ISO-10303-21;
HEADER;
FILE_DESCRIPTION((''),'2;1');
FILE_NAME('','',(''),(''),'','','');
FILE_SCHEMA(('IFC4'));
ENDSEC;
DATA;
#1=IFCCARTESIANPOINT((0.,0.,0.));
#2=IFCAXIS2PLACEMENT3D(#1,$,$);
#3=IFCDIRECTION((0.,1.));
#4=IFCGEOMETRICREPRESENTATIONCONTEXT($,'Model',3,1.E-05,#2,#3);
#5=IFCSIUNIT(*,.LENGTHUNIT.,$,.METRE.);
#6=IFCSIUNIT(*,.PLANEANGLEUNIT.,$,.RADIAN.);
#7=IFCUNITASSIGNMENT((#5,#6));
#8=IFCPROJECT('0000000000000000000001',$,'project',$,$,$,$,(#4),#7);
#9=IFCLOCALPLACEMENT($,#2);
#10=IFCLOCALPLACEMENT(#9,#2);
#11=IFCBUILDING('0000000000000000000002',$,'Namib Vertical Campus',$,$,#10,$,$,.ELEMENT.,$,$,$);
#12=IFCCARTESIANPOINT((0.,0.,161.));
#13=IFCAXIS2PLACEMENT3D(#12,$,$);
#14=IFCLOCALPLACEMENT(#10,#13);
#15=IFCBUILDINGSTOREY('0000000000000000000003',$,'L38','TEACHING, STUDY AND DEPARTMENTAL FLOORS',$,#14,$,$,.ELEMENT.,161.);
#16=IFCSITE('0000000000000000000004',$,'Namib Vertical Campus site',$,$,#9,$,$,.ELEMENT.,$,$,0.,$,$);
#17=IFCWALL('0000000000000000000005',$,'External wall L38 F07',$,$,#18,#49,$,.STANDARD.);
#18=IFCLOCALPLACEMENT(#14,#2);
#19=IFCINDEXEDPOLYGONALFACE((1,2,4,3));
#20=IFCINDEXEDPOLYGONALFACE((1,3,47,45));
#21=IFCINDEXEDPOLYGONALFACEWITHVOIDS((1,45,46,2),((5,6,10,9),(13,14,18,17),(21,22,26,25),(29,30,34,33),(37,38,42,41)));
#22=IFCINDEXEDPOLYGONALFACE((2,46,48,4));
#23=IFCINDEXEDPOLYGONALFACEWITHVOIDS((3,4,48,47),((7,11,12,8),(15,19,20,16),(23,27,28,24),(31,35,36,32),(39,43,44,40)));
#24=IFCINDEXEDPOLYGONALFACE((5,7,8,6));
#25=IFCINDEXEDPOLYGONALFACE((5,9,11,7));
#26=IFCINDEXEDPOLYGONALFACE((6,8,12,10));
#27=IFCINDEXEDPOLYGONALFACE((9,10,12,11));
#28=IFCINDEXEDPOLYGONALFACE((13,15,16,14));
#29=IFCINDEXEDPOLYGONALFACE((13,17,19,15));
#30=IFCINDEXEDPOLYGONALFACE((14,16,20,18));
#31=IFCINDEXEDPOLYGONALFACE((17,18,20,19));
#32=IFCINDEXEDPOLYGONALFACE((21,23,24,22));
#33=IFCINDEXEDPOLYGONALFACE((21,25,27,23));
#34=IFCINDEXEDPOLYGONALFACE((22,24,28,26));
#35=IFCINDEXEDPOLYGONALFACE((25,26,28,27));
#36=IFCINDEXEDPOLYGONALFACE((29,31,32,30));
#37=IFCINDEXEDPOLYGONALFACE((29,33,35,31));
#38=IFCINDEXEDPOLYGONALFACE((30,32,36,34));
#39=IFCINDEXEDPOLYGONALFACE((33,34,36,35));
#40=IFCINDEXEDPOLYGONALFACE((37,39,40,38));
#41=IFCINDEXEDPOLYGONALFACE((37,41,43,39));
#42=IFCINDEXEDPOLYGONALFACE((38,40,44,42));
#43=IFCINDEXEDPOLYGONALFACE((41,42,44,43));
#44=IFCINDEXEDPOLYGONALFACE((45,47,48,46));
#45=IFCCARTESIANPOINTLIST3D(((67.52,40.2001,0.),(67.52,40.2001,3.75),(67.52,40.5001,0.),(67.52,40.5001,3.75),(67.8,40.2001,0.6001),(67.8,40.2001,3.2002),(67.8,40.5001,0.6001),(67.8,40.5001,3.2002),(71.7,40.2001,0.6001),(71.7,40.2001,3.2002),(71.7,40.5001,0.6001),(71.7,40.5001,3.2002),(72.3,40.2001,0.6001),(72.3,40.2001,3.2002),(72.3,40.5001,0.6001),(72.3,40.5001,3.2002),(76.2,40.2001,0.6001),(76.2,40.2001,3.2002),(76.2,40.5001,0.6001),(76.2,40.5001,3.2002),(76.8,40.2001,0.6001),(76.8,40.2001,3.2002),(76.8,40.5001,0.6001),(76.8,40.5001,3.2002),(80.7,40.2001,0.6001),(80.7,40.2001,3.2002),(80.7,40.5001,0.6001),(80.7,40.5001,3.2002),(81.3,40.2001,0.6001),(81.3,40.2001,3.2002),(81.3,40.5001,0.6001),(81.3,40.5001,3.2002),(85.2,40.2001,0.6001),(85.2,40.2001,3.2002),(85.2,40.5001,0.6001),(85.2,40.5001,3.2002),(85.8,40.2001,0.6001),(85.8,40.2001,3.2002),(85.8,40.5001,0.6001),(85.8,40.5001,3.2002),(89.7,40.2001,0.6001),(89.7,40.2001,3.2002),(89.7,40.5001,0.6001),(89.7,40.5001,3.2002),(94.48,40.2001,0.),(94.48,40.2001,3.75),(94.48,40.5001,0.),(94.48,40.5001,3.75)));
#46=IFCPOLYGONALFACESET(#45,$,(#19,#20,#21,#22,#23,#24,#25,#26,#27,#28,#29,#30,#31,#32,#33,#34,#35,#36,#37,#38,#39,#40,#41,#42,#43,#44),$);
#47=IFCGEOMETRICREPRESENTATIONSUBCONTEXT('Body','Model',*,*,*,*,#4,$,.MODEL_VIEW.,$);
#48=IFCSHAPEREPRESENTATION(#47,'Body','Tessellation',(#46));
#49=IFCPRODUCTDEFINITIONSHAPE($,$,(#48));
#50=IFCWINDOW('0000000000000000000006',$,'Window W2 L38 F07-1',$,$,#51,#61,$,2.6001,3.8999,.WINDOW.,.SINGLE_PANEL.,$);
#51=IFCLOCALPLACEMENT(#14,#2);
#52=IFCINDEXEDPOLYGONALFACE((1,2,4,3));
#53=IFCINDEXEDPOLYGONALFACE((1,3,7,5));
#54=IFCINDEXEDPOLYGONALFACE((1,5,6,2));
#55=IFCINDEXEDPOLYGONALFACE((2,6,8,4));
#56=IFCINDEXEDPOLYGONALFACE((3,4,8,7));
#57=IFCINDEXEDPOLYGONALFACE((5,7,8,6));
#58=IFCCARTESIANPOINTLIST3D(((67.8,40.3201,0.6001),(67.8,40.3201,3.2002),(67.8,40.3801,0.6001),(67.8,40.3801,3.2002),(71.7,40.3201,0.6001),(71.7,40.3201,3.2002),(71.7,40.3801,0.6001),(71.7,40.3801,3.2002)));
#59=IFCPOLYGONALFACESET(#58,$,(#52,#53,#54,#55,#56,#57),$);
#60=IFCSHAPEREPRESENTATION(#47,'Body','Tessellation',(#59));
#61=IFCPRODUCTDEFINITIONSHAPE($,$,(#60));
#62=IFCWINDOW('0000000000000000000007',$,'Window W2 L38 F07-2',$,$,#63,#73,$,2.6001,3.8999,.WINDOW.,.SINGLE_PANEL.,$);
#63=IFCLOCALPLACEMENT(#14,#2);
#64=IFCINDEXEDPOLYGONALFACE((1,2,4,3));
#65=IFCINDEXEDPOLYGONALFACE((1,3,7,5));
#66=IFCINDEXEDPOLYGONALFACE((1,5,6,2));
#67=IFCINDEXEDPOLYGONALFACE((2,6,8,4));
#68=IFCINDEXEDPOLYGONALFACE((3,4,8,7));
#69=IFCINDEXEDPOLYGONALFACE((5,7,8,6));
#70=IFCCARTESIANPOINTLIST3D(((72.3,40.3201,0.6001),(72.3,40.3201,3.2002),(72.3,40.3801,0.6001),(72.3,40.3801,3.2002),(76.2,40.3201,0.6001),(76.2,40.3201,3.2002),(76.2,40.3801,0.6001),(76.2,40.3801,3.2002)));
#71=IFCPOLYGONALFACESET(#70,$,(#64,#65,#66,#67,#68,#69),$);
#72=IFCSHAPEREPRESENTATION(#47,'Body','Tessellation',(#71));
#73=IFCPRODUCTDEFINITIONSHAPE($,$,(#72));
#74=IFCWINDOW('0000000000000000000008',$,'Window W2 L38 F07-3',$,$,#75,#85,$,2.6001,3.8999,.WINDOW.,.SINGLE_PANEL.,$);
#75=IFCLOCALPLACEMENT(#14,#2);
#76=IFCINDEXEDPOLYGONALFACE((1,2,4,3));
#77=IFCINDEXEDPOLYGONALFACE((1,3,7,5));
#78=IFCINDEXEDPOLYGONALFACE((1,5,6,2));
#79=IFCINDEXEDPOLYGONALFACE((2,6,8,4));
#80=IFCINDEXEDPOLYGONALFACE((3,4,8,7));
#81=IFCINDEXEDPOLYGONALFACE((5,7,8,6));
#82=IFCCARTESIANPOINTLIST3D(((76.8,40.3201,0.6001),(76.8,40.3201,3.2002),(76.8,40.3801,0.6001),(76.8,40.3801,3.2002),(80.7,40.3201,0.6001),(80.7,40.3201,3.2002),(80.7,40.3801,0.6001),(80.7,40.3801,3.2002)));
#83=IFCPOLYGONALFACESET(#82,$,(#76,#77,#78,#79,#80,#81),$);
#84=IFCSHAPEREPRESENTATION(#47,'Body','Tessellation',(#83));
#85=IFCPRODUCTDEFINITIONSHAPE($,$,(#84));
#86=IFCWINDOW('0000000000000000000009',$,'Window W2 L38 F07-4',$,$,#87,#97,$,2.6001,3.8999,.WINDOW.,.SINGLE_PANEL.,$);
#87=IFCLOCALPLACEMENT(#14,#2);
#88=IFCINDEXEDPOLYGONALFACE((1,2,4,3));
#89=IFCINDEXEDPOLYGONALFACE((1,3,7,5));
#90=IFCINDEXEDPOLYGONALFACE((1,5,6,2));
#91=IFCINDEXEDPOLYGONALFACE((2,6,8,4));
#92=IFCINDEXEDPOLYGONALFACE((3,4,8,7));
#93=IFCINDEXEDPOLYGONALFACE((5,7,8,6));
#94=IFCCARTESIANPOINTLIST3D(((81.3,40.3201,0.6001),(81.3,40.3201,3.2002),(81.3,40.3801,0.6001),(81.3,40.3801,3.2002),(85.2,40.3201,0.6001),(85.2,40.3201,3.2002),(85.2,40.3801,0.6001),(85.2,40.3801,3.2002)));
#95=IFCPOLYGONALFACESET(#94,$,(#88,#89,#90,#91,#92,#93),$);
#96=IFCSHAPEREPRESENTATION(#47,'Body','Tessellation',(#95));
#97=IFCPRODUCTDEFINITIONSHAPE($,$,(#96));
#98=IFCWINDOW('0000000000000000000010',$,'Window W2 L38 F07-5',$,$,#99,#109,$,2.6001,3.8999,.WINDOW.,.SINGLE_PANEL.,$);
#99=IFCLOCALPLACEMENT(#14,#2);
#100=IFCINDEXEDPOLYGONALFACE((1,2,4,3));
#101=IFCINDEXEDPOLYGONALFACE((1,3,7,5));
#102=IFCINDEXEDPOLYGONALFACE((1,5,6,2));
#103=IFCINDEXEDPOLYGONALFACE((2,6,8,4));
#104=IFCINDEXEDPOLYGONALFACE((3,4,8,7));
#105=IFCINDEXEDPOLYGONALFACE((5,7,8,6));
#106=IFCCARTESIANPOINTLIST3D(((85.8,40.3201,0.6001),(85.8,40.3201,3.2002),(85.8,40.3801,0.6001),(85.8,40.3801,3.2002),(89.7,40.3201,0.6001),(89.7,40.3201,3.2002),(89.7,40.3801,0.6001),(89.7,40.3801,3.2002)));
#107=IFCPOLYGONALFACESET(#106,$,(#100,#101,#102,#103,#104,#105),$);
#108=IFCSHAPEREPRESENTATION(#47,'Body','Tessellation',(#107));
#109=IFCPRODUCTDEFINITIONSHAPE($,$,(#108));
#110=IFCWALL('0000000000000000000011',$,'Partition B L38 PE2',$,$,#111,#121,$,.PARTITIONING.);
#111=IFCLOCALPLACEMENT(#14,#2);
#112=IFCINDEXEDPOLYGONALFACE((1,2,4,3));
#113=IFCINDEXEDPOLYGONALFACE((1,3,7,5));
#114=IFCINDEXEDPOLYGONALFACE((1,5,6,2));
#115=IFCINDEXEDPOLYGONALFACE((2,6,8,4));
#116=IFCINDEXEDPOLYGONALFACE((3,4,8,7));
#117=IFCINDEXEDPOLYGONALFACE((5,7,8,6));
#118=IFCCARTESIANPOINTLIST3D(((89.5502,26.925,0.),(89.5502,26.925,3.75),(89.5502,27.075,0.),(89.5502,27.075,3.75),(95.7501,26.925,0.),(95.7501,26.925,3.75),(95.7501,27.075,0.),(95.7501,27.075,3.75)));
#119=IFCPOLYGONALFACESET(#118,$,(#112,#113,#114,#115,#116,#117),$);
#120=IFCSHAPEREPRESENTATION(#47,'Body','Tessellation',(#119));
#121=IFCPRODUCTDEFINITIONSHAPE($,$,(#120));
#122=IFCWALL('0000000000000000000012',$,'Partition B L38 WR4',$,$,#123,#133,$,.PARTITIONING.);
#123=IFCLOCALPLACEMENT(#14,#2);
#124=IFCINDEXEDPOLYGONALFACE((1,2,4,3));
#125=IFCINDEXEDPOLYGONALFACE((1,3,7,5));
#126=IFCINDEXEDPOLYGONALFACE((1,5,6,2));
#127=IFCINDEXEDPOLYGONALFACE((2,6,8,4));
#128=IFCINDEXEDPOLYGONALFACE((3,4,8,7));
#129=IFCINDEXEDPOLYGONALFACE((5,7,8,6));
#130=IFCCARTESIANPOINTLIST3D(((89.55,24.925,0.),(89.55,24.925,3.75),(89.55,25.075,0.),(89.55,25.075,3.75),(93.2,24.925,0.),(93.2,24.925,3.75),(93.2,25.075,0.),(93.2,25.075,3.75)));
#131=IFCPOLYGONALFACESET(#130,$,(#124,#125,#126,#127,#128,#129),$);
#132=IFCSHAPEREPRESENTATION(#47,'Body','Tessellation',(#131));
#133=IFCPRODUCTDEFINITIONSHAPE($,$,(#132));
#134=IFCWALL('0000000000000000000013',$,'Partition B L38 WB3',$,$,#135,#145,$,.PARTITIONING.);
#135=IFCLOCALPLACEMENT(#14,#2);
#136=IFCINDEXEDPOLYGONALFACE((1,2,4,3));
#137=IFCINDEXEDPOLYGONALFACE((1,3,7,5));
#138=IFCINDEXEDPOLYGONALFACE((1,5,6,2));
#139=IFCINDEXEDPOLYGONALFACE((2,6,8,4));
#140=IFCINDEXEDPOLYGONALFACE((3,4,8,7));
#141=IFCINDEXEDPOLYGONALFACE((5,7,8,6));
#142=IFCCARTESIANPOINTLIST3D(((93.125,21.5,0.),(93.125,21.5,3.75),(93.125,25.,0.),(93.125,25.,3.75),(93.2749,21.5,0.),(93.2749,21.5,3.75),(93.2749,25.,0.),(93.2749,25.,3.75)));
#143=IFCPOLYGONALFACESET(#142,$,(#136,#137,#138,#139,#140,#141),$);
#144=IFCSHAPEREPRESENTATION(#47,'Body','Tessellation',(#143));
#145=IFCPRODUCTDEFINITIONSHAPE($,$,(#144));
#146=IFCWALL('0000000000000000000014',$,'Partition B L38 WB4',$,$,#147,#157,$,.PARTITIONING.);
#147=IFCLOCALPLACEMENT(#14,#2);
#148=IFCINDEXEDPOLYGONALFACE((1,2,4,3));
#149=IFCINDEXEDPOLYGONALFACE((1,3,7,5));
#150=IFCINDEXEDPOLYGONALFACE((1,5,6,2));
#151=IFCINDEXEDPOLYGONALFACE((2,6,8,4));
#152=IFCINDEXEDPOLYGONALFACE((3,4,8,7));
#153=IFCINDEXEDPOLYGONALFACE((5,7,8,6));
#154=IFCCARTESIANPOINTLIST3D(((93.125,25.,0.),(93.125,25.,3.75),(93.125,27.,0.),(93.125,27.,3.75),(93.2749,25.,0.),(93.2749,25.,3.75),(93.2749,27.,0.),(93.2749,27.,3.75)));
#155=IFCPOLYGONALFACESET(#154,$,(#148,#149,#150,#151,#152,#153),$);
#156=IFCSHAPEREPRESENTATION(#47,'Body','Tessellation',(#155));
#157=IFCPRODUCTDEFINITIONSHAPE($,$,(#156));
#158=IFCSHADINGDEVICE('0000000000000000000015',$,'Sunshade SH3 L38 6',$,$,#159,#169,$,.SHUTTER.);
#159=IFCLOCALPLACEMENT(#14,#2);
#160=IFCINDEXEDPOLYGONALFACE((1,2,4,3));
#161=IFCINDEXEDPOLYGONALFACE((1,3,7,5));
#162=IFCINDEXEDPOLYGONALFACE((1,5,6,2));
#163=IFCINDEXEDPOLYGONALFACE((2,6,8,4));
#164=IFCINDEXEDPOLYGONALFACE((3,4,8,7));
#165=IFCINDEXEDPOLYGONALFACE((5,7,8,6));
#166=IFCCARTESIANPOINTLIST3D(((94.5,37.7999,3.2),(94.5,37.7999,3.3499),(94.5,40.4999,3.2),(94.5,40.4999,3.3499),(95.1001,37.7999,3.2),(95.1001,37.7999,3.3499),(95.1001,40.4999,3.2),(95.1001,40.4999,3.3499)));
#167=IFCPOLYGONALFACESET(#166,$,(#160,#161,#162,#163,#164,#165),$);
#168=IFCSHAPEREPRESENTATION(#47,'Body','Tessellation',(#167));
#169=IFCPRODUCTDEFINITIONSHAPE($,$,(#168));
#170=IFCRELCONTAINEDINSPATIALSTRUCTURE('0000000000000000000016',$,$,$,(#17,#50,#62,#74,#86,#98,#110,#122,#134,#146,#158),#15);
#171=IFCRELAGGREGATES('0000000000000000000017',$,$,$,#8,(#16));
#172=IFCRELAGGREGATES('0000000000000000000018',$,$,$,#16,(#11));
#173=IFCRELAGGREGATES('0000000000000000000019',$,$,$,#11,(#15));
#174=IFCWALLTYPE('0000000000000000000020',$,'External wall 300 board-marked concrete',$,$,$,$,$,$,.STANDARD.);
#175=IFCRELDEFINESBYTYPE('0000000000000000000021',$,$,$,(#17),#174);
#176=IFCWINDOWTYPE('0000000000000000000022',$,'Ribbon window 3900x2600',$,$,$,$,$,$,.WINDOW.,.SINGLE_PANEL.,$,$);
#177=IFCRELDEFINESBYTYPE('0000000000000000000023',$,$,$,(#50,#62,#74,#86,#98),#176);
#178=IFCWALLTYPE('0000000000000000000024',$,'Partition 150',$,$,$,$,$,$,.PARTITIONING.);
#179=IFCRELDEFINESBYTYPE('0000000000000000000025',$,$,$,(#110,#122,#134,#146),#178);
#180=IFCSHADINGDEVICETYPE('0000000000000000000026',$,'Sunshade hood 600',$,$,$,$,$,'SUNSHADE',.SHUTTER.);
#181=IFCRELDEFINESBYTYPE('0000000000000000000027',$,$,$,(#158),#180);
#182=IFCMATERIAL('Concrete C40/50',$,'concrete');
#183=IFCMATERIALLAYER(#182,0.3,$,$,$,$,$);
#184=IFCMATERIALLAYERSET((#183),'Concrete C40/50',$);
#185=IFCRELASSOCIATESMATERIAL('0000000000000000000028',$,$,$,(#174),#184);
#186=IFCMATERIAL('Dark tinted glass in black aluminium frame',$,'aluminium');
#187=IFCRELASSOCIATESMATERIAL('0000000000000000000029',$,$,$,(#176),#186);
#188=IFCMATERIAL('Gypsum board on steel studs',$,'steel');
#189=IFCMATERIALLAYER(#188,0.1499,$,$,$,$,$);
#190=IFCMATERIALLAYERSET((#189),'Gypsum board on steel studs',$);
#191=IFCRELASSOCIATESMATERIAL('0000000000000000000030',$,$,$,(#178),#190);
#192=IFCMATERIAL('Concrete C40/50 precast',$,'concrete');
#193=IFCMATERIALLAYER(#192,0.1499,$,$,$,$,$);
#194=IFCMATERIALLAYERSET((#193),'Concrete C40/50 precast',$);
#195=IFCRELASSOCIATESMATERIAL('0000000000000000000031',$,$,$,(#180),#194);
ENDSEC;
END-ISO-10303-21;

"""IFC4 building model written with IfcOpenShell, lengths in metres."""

from ifc_helpers import new_model, si_unit, direction, frame, frame_2d, origin, origin_2d, place, context, subcontext, project, spatial, rectangle, extrude, material, layer, layer_set, type_object, element, fill, save


model = new_model("IFC4")

# Units and contexts
model_context = context("Model", 3, precision=1e-05, world=origin(), true_north=direction((0.0, 1.0)))
body_context = subcontext(model_context, "Body", "Model", "MODEL_VIEW")
ifc_project = project(units=[si_unit("LENGTHUNIT", "METRE"), si_unit("PLANEANGLEUNIT", "RADIAN")], contexts=[model_context])

# Site, building, storey
site_placement = place(None, origin())
site = spatial("IfcSite", under=ifc_project, at=site_placement, Name="Namib Vertical Campus site", CompositionType="ELEMENT", RefElevation=0.0)
building_placement = place(site_placement, origin())
building = spatial("IfcBuilding", under=site, at=building_placement, Name="Namib Vertical Campus", CompositionType="ELEMENT")
storey_placement = place(building_placement, frame((0.0, 0.0, 161.0)))
storey = spatial("IfcBuildingStorey", under=building, at=storey_placement, Name="L38", Description="TEACHING, STUDY AND DEPARTMENTAL FLOORS", CompositionType="ELEMENT", Elevation=161.0)

# Shared definitions
ifc_material_1 = material(Name="Concrete C40/50", Category="concrete")
ifc_layer_1 = layer(ifc_material_1, 0.3)
ifc_layer_set_1 = layer_set([ifc_layer_1], Name="Concrete C40/50")
wall_type_1 = type_object("IfcWallType", Name="External wall 300 board-marked concrete", PredefinedType="STANDARD", material=ifc_layer_set_1)

# Wall, openings, windows
wall_1_placement = place(storey_placement, frame((94.48, 40.3501, 0.0), z_axis=(0.0, 0.0, 1.0), x_axis=(-1.0, 0.0, 0.0)))
wall_1 = element("IfcWall", 1, at=wall_1_placement, inside=storey, type_object=wall_type_1, Name="External wall L38 F07", PredefinedType="STANDARD", context=body_context, shape_type="SweptSolid", body=[
    extrude(rectangle(XDim=26.96, YDim=0.3, at=frame_2d((13.48, 0.0))), origin(), (0.0, 0.0, 1.0), 3.75),
])
opening_1_placement = place(wall_1_placement, frame((22.78, 0.0, 0.6001)))
opening_1 = element("IfcOpeningElement", 2, at=opening_1_placement, cuts=wall_1, PredefinedType="OPENING", context=body_context, shape_type="SweptSolid", body=[
    extrude(rectangle(XDim=3.8999, YDim=2.6001, at=frame_2d((1.95, 1.3))), frame((0.0, 0.1599, 0.0), z_axis=(0.0, -1.0, 0.0), x_axis=(1.0, 0.0, 0.0)), (0.0, 0.0, 1.0), 0.3201),
])
opening_2_placement = place(wall_1_placement, frame((18.28, 0.0, 0.6001)))
opening_2 = element("IfcOpeningElement", 3, at=opening_2_placement, cuts=wall_1, PredefinedType="OPENING", context=body_context, shape_type="SweptSolid", body=[
    extrude(rectangle(XDim=3.8999, YDim=2.6001, at=frame_2d((1.95, 1.3))), frame((0.0, 0.1599, 0.0), z_axis=(0.0, -1.0, 0.0), x_axis=(1.0, 0.0, 0.0)), (0.0, 0.0, 1.0), 0.3201),
])
opening_3_placement = place(wall_1_placement, frame((13.78, 0.0, 0.6001)))
opening_3 = element("IfcOpeningElement", 4, at=opening_3_placement, cuts=wall_1, PredefinedType="OPENING", context=body_context, shape_type="SweptSolid", body=[
    extrude(rectangle(XDim=3.8999, YDim=2.6001, at=frame_2d((1.95, 1.3))), frame((0.0, 0.1599, 0.0), z_axis=(0.0, -1.0, 0.0), x_axis=(1.0, 0.0, 0.0)), (0.0, 0.0, 1.0), 0.3201),
])
opening_4_placement = place(wall_1_placement, frame((9.28, 0.0, 0.6001)))
opening_4 = element("IfcOpeningElement", 5, at=opening_4_placement, cuts=wall_1, PredefinedType="OPENING", context=body_context, shape_type="SweptSolid", body=[
    extrude(rectangle(XDim=3.8999, YDim=2.6001, at=frame_2d((1.95, 1.3))), frame((0.0, 0.1599, 0.0), z_axis=(0.0, -1.0, 0.0), x_axis=(1.0, 0.0, 0.0)), (0.0, 0.0, 1.0), 0.3201),
])
opening_5_placement = place(wall_1_placement, frame((4.78, 0.0, 0.6001)))
opening_5 = element("IfcOpeningElement", 6, at=opening_5_placement, cuts=wall_1, PredefinedType="OPENING", context=body_context, shape_type="SweptSolid", body=[
    extrude(rectangle(XDim=3.8999, YDim=2.6001, at=frame_2d((1.95, 1.3))), frame((0.0, 0.1599, 0.0), z_axis=(0.0, -1.0, 0.0), x_axis=(1.0, 0.0, 0.0)), (0.0, 0.0, 1.0), 0.3201),
])
ifc_material_2 = material(Name="Dark tinted glass in black aluminium frame", Category="aluminium")
window_type = type_object("IfcWindowType", Name="Ribbon window 3900x2600", PartitioningType="SINGLE_PANEL", PredefinedType="WINDOW", material=ifc_material_2)
window_1_placement = place(opening_1_placement, origin())
window_1 = element("IfcWindow", 7, at=window_1_placement, inside=storey, type_object=window_type, Name="Window W2 L38 F07-1", OverallHeight=2.6001, OverallWidth=3.8999, PartitioningType="SINGLE_PANEL", PredefinedType="WINDOW", context=body_context, shape_type="SweptSolid", body=[
    extrude(rectangle(XDim=3.8999, YDim=2.6001, at=frame_2d((1.95, 1.3))), frame((0.0, 0.03, 0.0), z_axis=(0.0, -1.0, 0.0), x_axis=(1.0, 0.0, 0.0)), (0.0, 0.0, 1.0), 0.0601),
])
fill(opening_1, window_1)
window_2_placement = place(opening_2_placement, origin())
window_2 = element("IfcWindow", 8, at=window_2_placement, inside=storey, type_object=window_type, Name="Window W2 L38 F07-2", OverallHeight=2.6001, OverallWidth=3.8999, PartitioningType="SINGLE_PANEL", PredefinedType="WINDOW", context=body_context, shape_type="SweptSolid", body=[
    extrude(rectangle(XDim=3.8999, YDim=2.6001, at=frame_2d((1.95, 1.3))), frame((0.0, 0.03, 0.0), z_axis=(0.0, -1.0, 0.0), x_axis=(1.0, 0.0, 0.0)), (0.0, 0.0, 1.0), 0.0601),
])
fill(opening_2, window_2)
window_3_placement = place(opening_3_placement, origin())
window_3 = element("IfcWindow", 9, at=window_3_placement, inside=storey, type_object=window_type, Name="Window W2 L38 F07-3", OverallHeight=2.6001, OverallWidth=3.8999, PartitioningType="SINGLE_PANEL", PredefinedType="WINDOW", context=body_context, shape_type="SweptSolid", body=[
    extrude(rectangle(XDim=3.8999, YDim=2.6001, at=frame_2d((1.95, 1.3))), frame((0.0, 0.03, 0.0), z_axis=(0.0, -1.0, 0.0), x_axis=(1.0, 0.0, 0.0)), (0.0, 0.0, 1.0), 0.0601),
])
fill(opening_3, window_3)
window_4_placement = place(opening_4_placement, origin())
window_4 = element("IfcWindow", 10, at=window_4_placement, inside=storey, type_object=window_type, Name="Window W2 L38 F07-4", OverallHeight=2.6001, OverallWidth=3.8999, PartitioningType="SINGLE_PANEL", PredefinedType="WINDOW", context=body_context, shape_type="SweptSolid", body=[
    extrude(rectangle(XDim=3.8999, YDim=2.6001, at=frame_2d((1.95, 1.3))), frame((0.0, 0.03, 0.0), z_axis=(0.0, -1.0, 0.0), x_axis=(1.0, 0.0, 0.0)), (0.0, 0.0, 1.0), 0.0601),
])
fill(opening_4, window_4)
window_5_placement = place(opening_5_placement, origin())
window_5 = element("IfcWindow", 11, at=window_5_placement, inside=storey, type_object=window_type, Name="Window W2 L38 F07-5", OverallHeight=2.6001, OverallWidth=3.8999, PartitioningType="SINGLE_PANEL", PredefinedType="WINDOW", context=body_context, shape_type="SweptSolid", body=[
    extrude(rectangle(XDim=3.8999, YDim=2.6001, at=frame_2d((1.95, 1.3))), frame((0.0, 0.03, 0.0), z_axis=(0.0, -1.0, 0.0), x_axis=(1.0, 0.0, 0.0)), (0.0, 0.0, 1.0), 0.0601),
])
fill(opening_5, window_5)

# Walls
ifc_material_3 = material(Name="Gypsum board on steel studs", Category="steel")
ifc_layer_2 = layer(ifc_material_3, 0.1499)
ifc_layer_set_2 = layer_set([ifc_layer_2], Name="Gypsum board on steel studs")
wall_type_2 = type_object("IfcWallType", Name="Partition 150", PredefinedType="PARTITIONING", material=ifc_layer_set_2)
wall_2_placement = place(storey_placement, frame((89.55, 27.0, 0.0), z_axis=(0.0, 0.0, 1.0), x_axis=(1.0, 0.0, 0.0)))
element("IfcWall", 12, at=wall_2_placement, inside=storey, type_object=wall_type_2, Name="Partition B L38 PE2", PredefinedType="PARTITIONING", context=body_context, shape_type="SweptSolid", body=[
    extrude(rectangle(XDim=6.2, YDim=0.1499, at=frame_2d((3.1001, 0.0))), origin(), (0.0, 0.0, 1.0), 3.75),
])
wall_3_placement = place(storey_placement, frame((89.55, 25.0, 0.0), z_axis=(0.0, 0.0, 1.0), x_axis=(1.0, 0.0, 0.0)))
element("IfcWall", 13, at=wall_3_placement, inside=storey, type_object=wall_type_2, Name="Partition B L38 WR4", PredefinedType="PARTITIONING", context=body_context, shape_type="SweptSolid", body=[
    extrude(rectangle(XDim=3.6499, YDim=0.1499, at=frame_2d((1.825, 0.0))), origin(), (0.0, 0.0, 1.0), 3.75),
])
wall_4_placement = place(storey_placement, frame((93.2, 21.5, 0.0), z_axis=(0.0, 0.0, 1.0), x_axis=(0.0, 1.0, 0.0)))
element("IfcWall", 14, at=wall_4_placement, inside=storey, type_object=wall_type_2, Name="Partition B L38 WB3", PredefinedType="PARTITIONING", context=body_context, shape_type="SweptSolid", body=[
    extrude(rectangle(XDim=3.5, YDim=0.1499, at=frame_2d((1.75, 0.0))), origin(), (0.0, 0.0, 1.0), 3.75),
])
wall_5_placement = place(storey_placement, frame((93.2, 25.0, 0.0), z_axis=(0.0, 0.0, 1.0), x_axis=(0.0, 1.0, 0.0)))
element("IfcWall", 15, at=wall_5_placement, inside=storey, type_object=wall_type_2, Name="Partition B L38 WB4", PredefinedType="PARTITIONING", context=body_context, shape_type="SweptSolid", body=[
    extrude(rectangle(XDim=2.0, YDim=0.1499, at=frame_2d((1.0, 0.0))), origin(), (0.0, 0.0, 1.0), 3.75),
])

# Shading device
ifc_material_4 = material(Name="Concrete C40/50 precast", Category="concrete")
ifc_layer_3 = layer(ifc_material_4, 0.1499)
ifc_layer_set_3 = layer_set([ifc_layer_3], Name="Concrete C40/50 precast")
shading_device_type = type_object("IfcShadingDeviceType", Name="Sunshade hood 600", ElementType="SUNSHADE", PredefinedType="SHUTTER", material=ifc_layer_set_3)
shading_device_placement = place(storey_placement, frame((94.8, 39.1499, 3.2), z_axis=(0.0, 0.0, 1.0), x_axis=(0.0, 1.0, 0.0)))
element("IfcShadingDevice", 16, at=shading_device_placement, inside=storey, type_object=shading_device_type, Name="Sunshade SH3 L38 6", PredefinedType="SHUTTER", context=body_context, shape_type="SweptSolid", body=[
    extrude(rectangle(XDim=2.7, YDim=0.6001, at=origin_2d()), origin(), (0.0, 0.0, 1.0), 0.1499),
])

save(model, "model.ifc")
